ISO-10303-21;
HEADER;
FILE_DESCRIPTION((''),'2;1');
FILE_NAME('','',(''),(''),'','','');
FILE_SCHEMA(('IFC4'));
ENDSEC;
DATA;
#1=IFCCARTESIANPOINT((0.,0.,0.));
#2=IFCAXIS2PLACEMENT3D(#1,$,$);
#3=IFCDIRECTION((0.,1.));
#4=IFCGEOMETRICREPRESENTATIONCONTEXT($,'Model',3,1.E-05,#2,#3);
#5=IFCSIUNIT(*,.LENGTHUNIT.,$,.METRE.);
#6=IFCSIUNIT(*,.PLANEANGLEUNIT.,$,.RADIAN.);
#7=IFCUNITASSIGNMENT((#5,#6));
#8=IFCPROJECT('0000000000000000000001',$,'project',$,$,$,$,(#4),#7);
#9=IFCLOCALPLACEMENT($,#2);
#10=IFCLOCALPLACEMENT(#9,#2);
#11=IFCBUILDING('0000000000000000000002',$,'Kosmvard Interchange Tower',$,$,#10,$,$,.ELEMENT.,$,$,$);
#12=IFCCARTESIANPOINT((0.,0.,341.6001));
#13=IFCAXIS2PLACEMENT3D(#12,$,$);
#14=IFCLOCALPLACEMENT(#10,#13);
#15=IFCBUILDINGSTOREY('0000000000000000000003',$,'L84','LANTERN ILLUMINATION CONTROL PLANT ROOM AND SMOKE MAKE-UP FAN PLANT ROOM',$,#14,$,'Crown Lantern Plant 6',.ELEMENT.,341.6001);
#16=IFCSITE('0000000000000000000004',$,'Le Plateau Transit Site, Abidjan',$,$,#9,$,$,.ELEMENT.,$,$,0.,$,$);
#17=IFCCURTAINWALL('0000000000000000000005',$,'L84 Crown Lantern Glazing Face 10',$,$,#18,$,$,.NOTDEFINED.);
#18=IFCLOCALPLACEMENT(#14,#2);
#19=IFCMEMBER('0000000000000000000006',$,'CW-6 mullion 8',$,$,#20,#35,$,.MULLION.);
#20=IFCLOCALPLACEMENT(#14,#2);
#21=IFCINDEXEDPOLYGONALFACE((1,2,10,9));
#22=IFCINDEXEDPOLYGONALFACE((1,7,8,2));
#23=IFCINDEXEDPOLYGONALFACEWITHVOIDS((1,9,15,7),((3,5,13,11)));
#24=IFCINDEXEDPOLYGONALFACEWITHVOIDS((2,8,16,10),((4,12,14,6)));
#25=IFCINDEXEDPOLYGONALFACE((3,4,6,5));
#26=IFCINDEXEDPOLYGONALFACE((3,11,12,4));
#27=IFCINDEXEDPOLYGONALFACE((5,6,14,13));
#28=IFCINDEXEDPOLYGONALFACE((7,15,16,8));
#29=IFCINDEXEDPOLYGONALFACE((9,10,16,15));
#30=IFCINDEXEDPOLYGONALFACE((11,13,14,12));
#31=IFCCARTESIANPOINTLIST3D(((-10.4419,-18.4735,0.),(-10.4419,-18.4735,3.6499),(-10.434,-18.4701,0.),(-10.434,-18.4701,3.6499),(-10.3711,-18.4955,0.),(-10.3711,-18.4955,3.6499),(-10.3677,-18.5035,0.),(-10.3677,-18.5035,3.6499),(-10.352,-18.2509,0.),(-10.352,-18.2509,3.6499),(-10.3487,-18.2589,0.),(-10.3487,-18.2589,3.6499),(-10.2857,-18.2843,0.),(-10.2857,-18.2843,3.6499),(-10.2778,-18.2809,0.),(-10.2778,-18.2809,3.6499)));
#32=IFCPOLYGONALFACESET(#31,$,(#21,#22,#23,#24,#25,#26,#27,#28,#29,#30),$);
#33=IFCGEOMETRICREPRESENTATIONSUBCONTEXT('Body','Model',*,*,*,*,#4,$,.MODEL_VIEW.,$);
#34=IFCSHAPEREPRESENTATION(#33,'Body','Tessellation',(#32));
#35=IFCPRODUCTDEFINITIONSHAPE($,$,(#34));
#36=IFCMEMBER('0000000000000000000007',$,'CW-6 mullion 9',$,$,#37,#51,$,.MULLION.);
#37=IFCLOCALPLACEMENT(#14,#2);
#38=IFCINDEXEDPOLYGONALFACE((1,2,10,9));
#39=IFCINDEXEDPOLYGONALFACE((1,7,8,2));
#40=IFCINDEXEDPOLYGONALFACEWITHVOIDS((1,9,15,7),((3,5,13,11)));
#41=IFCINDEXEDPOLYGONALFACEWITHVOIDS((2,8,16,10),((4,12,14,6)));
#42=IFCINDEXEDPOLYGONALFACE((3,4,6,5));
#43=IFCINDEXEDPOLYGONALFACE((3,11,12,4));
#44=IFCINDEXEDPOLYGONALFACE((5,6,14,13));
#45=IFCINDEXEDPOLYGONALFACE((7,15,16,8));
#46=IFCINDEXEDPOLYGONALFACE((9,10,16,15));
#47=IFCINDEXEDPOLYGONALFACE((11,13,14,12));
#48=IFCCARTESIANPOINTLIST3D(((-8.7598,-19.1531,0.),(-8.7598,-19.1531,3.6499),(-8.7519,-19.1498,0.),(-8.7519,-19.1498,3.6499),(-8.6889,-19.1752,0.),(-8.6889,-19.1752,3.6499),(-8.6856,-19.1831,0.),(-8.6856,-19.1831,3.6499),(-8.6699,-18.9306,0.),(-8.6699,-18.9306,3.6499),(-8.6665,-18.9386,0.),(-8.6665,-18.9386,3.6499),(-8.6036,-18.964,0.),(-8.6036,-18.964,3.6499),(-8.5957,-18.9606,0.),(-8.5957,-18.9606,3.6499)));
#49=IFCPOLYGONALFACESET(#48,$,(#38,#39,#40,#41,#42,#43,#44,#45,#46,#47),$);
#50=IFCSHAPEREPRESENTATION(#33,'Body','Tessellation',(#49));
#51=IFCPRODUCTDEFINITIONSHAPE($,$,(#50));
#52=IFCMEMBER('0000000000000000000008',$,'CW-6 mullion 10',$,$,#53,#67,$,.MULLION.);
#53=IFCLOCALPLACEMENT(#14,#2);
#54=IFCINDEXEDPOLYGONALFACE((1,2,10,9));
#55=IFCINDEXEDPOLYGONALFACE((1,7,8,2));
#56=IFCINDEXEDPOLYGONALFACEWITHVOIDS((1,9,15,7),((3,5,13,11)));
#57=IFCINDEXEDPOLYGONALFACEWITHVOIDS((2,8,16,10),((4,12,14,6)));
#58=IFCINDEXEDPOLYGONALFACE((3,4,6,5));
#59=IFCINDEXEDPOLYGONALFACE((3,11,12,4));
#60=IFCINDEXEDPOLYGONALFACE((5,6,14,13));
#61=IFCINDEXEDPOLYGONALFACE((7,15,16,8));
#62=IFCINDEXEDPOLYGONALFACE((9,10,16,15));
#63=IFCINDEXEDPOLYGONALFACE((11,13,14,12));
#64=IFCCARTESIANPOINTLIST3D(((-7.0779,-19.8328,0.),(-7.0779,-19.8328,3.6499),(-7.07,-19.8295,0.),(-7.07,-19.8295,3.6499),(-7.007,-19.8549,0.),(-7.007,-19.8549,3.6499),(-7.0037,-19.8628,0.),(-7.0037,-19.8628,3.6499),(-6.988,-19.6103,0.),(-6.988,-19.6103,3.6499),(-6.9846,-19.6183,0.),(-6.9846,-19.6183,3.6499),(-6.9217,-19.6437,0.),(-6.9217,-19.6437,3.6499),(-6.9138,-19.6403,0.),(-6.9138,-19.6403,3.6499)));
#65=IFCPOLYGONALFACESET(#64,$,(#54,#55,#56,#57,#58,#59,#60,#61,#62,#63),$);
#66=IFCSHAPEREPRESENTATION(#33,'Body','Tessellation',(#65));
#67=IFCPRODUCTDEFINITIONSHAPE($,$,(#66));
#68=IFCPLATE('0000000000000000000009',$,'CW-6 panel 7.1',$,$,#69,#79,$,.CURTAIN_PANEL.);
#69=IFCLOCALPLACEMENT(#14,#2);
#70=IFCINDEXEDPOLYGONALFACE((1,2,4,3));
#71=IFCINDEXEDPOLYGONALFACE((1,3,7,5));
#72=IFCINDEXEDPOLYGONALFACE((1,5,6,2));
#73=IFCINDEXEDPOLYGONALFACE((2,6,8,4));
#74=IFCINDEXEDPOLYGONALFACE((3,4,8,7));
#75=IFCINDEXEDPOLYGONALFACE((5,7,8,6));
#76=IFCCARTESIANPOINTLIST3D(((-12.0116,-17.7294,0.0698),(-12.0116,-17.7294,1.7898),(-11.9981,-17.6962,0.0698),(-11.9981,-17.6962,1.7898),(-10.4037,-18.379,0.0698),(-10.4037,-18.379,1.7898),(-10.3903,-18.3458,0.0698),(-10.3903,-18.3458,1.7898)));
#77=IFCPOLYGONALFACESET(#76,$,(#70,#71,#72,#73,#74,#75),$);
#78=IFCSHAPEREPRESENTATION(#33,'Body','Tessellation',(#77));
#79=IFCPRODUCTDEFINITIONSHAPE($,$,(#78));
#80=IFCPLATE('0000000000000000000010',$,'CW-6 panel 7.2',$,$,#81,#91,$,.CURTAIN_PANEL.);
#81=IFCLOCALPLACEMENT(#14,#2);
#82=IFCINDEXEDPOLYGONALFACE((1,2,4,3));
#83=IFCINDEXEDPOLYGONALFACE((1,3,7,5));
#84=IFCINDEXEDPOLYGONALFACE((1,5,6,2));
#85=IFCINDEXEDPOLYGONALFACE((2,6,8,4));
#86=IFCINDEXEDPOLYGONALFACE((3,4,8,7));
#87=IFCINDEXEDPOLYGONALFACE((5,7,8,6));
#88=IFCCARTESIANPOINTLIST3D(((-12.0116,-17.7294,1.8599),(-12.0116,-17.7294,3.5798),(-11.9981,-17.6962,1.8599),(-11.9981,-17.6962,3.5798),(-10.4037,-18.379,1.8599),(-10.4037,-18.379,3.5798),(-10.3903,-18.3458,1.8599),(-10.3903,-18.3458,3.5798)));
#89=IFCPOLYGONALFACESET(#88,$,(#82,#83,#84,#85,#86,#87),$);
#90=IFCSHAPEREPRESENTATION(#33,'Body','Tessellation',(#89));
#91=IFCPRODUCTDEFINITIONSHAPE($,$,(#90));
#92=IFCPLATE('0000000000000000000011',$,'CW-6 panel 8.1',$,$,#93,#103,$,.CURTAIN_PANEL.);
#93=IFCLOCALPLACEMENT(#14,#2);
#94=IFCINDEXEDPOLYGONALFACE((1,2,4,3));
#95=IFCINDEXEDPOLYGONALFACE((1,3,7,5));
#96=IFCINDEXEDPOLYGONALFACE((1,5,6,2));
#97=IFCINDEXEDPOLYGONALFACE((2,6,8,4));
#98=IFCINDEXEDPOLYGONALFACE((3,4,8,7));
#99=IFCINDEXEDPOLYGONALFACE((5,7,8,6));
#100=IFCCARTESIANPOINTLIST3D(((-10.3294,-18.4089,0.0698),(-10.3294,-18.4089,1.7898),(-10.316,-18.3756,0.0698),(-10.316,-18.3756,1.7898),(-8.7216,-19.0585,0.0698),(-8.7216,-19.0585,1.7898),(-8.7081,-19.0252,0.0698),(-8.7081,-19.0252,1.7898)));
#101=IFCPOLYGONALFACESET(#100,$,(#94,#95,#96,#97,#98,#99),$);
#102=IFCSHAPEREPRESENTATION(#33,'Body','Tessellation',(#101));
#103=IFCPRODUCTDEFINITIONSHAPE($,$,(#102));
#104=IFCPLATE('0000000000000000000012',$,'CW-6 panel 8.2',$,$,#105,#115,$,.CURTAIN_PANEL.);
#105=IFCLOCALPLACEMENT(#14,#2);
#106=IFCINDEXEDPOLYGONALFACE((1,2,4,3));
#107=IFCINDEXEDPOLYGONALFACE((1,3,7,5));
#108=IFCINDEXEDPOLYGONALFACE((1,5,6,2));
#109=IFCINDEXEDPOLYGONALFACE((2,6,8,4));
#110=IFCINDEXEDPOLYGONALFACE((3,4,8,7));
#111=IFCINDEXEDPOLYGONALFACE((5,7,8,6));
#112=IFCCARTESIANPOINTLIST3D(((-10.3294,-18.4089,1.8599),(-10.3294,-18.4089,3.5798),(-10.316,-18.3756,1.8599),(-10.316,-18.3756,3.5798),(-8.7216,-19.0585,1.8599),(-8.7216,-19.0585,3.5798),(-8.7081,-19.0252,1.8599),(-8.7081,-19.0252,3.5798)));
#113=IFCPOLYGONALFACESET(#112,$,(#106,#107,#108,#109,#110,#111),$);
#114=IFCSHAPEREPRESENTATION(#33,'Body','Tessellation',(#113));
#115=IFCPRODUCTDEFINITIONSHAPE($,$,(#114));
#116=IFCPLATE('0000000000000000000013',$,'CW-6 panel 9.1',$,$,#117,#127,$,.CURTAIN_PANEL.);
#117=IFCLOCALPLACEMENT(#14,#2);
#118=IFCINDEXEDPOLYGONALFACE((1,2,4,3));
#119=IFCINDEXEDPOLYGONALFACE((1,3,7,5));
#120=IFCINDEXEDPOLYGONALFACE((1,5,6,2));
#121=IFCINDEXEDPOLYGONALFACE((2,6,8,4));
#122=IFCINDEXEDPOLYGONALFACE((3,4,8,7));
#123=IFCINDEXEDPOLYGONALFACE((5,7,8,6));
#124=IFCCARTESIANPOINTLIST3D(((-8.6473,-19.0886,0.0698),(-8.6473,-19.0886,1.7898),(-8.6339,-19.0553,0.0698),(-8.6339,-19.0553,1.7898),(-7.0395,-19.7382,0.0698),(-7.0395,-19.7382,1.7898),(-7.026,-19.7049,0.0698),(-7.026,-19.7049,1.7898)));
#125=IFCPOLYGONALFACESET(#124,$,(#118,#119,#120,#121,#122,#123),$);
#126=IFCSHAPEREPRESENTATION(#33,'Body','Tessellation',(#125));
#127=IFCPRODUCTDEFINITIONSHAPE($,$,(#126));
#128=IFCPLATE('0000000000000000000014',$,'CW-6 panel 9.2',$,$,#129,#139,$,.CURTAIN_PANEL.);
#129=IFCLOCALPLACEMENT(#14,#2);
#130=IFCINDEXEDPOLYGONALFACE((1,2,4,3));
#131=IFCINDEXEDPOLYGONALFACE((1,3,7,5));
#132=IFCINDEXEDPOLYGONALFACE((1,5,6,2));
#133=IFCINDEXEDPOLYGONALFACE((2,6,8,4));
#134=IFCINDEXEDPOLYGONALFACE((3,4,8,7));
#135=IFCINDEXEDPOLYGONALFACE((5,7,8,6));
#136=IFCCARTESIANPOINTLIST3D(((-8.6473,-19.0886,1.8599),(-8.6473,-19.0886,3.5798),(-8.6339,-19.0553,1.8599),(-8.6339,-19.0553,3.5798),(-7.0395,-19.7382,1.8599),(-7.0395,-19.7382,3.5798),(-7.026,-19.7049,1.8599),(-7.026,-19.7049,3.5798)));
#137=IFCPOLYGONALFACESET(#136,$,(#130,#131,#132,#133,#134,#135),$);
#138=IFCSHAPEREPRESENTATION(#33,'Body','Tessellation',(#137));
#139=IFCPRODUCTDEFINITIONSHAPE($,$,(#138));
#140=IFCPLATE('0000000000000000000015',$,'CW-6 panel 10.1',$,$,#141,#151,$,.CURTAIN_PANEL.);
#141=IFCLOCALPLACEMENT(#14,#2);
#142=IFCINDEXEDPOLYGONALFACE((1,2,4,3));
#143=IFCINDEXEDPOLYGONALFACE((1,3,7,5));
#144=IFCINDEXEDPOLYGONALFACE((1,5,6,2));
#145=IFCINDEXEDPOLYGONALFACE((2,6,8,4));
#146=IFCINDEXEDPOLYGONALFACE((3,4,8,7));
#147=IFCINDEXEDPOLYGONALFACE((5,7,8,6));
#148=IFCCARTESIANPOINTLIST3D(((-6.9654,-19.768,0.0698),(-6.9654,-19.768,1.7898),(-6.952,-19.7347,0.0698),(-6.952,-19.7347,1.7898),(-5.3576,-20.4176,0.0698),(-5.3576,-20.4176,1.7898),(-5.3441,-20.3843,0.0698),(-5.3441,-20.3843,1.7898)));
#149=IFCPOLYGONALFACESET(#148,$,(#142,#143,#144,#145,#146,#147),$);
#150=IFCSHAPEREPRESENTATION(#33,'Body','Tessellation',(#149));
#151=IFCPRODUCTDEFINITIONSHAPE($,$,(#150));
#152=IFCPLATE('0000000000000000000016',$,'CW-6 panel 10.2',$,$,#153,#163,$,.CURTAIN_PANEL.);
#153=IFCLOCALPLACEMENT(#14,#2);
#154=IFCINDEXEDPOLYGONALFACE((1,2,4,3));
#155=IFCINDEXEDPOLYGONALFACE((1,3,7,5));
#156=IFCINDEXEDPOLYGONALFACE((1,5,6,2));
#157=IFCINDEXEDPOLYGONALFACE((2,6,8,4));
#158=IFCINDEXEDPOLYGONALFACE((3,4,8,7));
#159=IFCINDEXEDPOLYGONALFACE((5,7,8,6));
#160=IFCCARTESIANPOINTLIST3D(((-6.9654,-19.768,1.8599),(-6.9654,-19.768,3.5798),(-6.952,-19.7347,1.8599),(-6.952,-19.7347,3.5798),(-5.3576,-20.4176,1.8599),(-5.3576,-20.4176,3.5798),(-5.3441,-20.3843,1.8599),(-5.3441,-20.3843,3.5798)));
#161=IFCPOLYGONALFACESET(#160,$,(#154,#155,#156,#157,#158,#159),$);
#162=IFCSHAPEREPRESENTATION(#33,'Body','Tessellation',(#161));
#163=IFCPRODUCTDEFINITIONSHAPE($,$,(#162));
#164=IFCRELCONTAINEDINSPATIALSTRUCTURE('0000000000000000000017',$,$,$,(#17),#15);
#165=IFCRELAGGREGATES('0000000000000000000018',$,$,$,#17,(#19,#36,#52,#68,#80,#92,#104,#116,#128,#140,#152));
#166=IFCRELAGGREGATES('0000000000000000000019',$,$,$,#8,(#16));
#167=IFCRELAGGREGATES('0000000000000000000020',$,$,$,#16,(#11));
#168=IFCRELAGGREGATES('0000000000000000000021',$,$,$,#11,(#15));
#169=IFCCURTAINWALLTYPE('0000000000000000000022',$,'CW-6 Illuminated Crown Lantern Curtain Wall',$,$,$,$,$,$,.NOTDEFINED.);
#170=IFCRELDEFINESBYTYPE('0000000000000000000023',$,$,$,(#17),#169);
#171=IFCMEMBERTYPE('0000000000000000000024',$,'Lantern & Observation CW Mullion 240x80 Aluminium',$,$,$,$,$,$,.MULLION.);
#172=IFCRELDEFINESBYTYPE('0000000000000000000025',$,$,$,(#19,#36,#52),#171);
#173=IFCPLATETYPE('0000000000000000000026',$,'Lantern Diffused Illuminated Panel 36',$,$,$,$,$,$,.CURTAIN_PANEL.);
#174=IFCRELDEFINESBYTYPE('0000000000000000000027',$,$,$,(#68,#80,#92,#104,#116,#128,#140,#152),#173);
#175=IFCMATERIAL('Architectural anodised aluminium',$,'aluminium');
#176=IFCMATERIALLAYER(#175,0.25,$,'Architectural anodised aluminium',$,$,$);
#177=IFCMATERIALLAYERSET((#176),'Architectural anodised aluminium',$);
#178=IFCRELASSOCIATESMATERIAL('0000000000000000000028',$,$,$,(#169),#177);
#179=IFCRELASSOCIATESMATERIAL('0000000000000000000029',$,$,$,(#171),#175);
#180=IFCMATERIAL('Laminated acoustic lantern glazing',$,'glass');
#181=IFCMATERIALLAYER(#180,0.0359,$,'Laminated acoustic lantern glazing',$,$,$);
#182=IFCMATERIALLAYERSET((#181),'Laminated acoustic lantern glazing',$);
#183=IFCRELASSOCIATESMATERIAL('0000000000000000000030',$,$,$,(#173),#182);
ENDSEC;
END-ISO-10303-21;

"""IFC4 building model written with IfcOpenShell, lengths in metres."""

from ifc_helpers import new_model, si_unit, direction, frame, origin, origin_2d, place, context, subcontext, project, spatial, rectangle, hollow_rectangle, extrude, source, transform, mapped, material, layer, layer_set, material_profile, profile_set, type_object, element, aggregate, save


model = new_model("IFC4")

# Units and contexts
model_context = context("Model", 3, precision=1e-05, world=origin(), true_north=direction((0.0, 1.0)))
body_context = subcontext(model_context, "Body", "Model", "MODEL_VIEW")
ifc_project = project(units=[si_unit("LENGTHUNIT", "METRE"), si_unit("PLANEANGLEUNIT", "RADIAN")], contexts=[model_context])

# Site, building, storey
site_placement = place(None, origin())
site = spatial("IfcSite", under=ifc_project, at=site_placement, Name="Le Plateau Transit Site, Abidjan", CompositionType="ELEMENT", RefElevation=0.0)
building_placement = place(site_placement, origin())
building = spatial("IfcBuilding", under=site, at=building_placement, Name="Kosmvard Interchange Tower", CompositionType="ELEMENT")
storey_placement = place(building_placement, frame((0.0, 0.0, 341.6001)))
storey = spatial("IfcBuildingStorey", under=building, at=storey_placement, Name="L84", Description="LANTERN ILLUMINATION CONTROL PLANT ROOM AND SMOKE MAKE-UP FAN PLANT ROOM", LongName="Crown Lantern Plant 6", CompositionType="ELEMENT", Elevation=341.6001)

# Curtain wall, members, plates
ifc_material_1 = material(Name="Architectural anodised aluminium", Category="aluminium")
ifc_layer_1 = layer(ifc_material_1, 0.25, Name="Architectural anodised aluminium")
ifc_layer_set_1 = layer_set([ifc_layer_1], Name="Architectural anodised aluminium")
curtain_wall_type = type_object("IfcCurtainWallType", Name="CW-6 Illuminated Crown Lantern Curtain Wall", PredefinedType="NOTDEFINED", material=ifc_layer_set_1)
curtain_wall_placement = place(storey_placement, origin())
curtain_wall = element("IfcCurtainWall", 1, at=curtain_wall_placement, inside=storey, type_object=curtain_wall_type, Name="L84 Crown Lantern Glazing Face 10", PredefinedType="NOTDEFINED")
ifc_material_profile_1 = material_profile(ifc_material_1, hollow_rectangle(XDim=0.24, YDim=0.0801, WallThickness=0.0061, at=origin_2d()), Name="CWM 240x80x6")
ifc_profile_set_1 = profile_set([ifc_material_profile_1], Name="Architectural anodised aluminium")
member_type_1 = type_object("IfcMemberType", Name="Lantern & Observation CW Mullion 240x80 Aluminium", PredefinedType="MULLION", material=ifc_profile_set_1)
shared_shape_1 = source(origin(), body_context, "Body", "SweptSolid", [
    extrude(hollow_rectangle(XDim=0.24, YDim=0.0801, WallThickness=0.0061, at=origin_2d()), origin(), (0.0, 0.0, 1.0), 3.6499),
])
member_1_placement = place(storey_placement, frame((-10.3599, -18.3772, 0.0), z_axis=(0.0, 0.0, 1.0), x_axis=(0.374607, 0.927184, 0.0)))
member_1 = element("IfcMember", 2, at=member_1_placement, type_object=member_type_1, Name="CW-6 mullion 8", PredefinedType="MULLION", context=body_context, shape_type="MappedRepresentation", body=[
    mapped(shared_shape_1, transform((0.0, 0.0, 0.0), scale=1.0)),
])
member_2_placement = place(storey_placement, frame((-8.6777, -19.0569, 0.0), z_axis=(0.0, 0.0, 1.0), x_axis=(0.374607, 0.927184, 0.0)))
member_2 = element("IfcMember", 3, at=member_2_placement, type_object=member_type_1, Name="CW-6 mullion 9", PredefinedType="MULLION", context=body_context, shape_type="MappedRepresentation", body=[
    mapped(shared_shape_1, transform((0.0, 0.0, 0.0), scale=1.0)),
])
member_3_placement = place(storey_placement, frame((-6.9958, -19.7366, 0.0), z_axis=(0.0, 0.0, 1.0), x_axis=(0.374607, 0.927184, 0.0)))
member_3 = element("IfcMember", 4, at=member_3_placement, type_object=member_type_1, Name="CW-6 mullion 10", PredefinedType="MULLION", context=body_context, shape_type="MappedRepresentation", body=[
    mapped(shared_shape_1, transform((0.0, 0.0, 0.0), scale=1.0)),
])
ifc_material_2 = material(Name="Laminated acoustic lantern glazing", Category="glass")
ifc_layer_2 = layer(ifc_material_2, 0.0359, Name="Laminated acoustic lantern glazing")
ifc_layer_set_2 = layer_set([ifc_layer_2], Name="Laminated acoustic lantern glazing")
plate_type = type_object("IfcPlateType", Name="Lantern Diffused Illuminated Panel 36", PredefinedType="CURTAIN_PANEL", material=ifc_layer_set_2)
shared_shape_2 = source(origin(), body_context, "Body", "SweptSolid", [
    extrude(rectangle(XDim=1.7341, YDim=0.0359, at=origin_2d()), origin(), (0.0, 0.0, 1.0), 1.72),
])
plate_1_placement = place(storey_placement, frame((-11.2009, -18.0376, 0.0698), z_axis=(0.0, 0.0, 1.0), x_axis=(0.927184, -0.374607, 0.0)))
plate_1 = element("IfcPlate", 5, at=plate_1_placement, type_object=plate_type, Name="CW-6 panel 7.1", PredefinedType="CURTAIN_PANEL", context=body_context, shape_type="MappedRepresentation", body=[
    mapped(shared_shape_2, transform((0.0, 0.0, 0.0), scale=1.0)),
])
plate_2_placement = place(storey_placement, frame((-11.2009, -18.0376, 1.8599), z_axis=(0.0, 0.0, 1.0), x_axis=(0.927184, -0.374607, 0.0)))
plate_2 = element("IfcPlate", 6, at=plate_2_placement, type_object=plate_type, Name="CW-6 panel 7.2", PredefinedType="CURTAIN_PANEL", context=body_context, shape_type="MappedRepresentation", body=[
    mapped(shared_shape_2, transform((0.0, 0.0, 0.0), scale=1.0)),
])
plate_3_placement = place(storey_placement, frame((-9.5188, -18.717, 0.0698), z_axis=(0.0, 0.0, 1.0), x_axis=(0.927184, -0.374607, 0.0)))
plate_3 = element("IfcPlate", 7, at=plate_3_placement, type_object=plate_type, Name="CW-6 panel 8.1", PredefinedType="CURTAIN_PANEL", context=body_context, shape_type="MappedRepresentation", body=[
    mapped(shared_shape_2, transform((0.0, 0.0, 0.0), scale=1.0)),
])
plate_4_placement = place(storey_placement, frame((-9.5188, -18.717, 1.8599), z_axis=(0.0, 0.0, 1.0), x_axis=(0.927184, -0.374607, 0.0)))
plate_4 = element("IfcPlate", 8, at=plate_4_placement, type_object=plate_type, Name="CW-6 panel 8.2", PredefinedType="CURTAIN_PANEL", context=body_context, shape_type="MappedRepresentation", body=[
    mapped(shared_shape_2, transform((0.0, 0.0, 0.0), scale=1.0)),
])
plate_5_placement = place(storey_placement, frame((-7.8367, -19.3967, 0.0698), z_axis=(0.0, 0.0, 1.0), x_axis=(0.927184, -0.374607, 0.0)))
plate_5 = element("IfcPlate", 9, at=plate_5_placement, type_object=plate_type, Name="CW-6 panel 9.1", PredefinedType="CURTAIN_PANEL", context=body_context, shape_type="MappedRepresentation", body=[
    mapped(shared_shape_2, transform((0.0, 0.0, 0.0), scale=1.0)),
])
plate_6_placement = place(storey_placement, frame((-7.8367, -19.3967, 1.8599), z_axis=(0.0, 0.0, 1.0), x_axis=(0.927184, -0.374607, 0.0)))
plate_6 = element("IfcPlate", 10, at=plate_6_placement, type_object=plate_type, Name="CW-6 panel 9.2", PredefinedType="CURTAIN_PANEL", context=body_context, shape_type="MappedRepresentation", body=[
    mapped(shared_shape_2, transform((0.0, 0.0, 0.0), scale=1.0)),
])
plate_7_placement = place(storey_placement, frame((-6.1548, -20.0762, 0.0698), z_axis=(0.0, 0.0, 1.0), x_axis=(0.927184, -0.374607, 0.0)))
plate_7 = element("IfcPlate", 11, at=plate_7_placement, type_object=plate_type, Name="CW-6 panel 10.1", PredefinedType="CURTAIN_PANEL", context=body_context, shape_type="MappedRepresentation", body=[
    mapped(shared_shape_2, transform((0.0, 0.0, 0.0), scale=1.0)),
])
plate_8_placement = place(storey_placement, frame((-6.1548, -20.0762, 1.8599), z_axis=(0.0, 0.0, 1.0), x_axis=(0.927184, -0.374607, 0.0)))
plate_8 = element("IfcPlate", 12, at=plate_8_placement, type_object=plate_type, Name="CW-6 panel 10.2", PredefinedType="CURTAIN_PANEL", context=body_context, shape_type="MappedRepresentation", body=[
    mapped(shared_shape_2, transform((0.0, 0.0, 0.0), scale=1.0)),
])
aggregate(curtain_wall, [member_1, member_2, member_3, plate_1, plate_2, plate_3, plate_4, plate_5, plate_6, plate_7, plate_8])

save(model, "model.ifc")
